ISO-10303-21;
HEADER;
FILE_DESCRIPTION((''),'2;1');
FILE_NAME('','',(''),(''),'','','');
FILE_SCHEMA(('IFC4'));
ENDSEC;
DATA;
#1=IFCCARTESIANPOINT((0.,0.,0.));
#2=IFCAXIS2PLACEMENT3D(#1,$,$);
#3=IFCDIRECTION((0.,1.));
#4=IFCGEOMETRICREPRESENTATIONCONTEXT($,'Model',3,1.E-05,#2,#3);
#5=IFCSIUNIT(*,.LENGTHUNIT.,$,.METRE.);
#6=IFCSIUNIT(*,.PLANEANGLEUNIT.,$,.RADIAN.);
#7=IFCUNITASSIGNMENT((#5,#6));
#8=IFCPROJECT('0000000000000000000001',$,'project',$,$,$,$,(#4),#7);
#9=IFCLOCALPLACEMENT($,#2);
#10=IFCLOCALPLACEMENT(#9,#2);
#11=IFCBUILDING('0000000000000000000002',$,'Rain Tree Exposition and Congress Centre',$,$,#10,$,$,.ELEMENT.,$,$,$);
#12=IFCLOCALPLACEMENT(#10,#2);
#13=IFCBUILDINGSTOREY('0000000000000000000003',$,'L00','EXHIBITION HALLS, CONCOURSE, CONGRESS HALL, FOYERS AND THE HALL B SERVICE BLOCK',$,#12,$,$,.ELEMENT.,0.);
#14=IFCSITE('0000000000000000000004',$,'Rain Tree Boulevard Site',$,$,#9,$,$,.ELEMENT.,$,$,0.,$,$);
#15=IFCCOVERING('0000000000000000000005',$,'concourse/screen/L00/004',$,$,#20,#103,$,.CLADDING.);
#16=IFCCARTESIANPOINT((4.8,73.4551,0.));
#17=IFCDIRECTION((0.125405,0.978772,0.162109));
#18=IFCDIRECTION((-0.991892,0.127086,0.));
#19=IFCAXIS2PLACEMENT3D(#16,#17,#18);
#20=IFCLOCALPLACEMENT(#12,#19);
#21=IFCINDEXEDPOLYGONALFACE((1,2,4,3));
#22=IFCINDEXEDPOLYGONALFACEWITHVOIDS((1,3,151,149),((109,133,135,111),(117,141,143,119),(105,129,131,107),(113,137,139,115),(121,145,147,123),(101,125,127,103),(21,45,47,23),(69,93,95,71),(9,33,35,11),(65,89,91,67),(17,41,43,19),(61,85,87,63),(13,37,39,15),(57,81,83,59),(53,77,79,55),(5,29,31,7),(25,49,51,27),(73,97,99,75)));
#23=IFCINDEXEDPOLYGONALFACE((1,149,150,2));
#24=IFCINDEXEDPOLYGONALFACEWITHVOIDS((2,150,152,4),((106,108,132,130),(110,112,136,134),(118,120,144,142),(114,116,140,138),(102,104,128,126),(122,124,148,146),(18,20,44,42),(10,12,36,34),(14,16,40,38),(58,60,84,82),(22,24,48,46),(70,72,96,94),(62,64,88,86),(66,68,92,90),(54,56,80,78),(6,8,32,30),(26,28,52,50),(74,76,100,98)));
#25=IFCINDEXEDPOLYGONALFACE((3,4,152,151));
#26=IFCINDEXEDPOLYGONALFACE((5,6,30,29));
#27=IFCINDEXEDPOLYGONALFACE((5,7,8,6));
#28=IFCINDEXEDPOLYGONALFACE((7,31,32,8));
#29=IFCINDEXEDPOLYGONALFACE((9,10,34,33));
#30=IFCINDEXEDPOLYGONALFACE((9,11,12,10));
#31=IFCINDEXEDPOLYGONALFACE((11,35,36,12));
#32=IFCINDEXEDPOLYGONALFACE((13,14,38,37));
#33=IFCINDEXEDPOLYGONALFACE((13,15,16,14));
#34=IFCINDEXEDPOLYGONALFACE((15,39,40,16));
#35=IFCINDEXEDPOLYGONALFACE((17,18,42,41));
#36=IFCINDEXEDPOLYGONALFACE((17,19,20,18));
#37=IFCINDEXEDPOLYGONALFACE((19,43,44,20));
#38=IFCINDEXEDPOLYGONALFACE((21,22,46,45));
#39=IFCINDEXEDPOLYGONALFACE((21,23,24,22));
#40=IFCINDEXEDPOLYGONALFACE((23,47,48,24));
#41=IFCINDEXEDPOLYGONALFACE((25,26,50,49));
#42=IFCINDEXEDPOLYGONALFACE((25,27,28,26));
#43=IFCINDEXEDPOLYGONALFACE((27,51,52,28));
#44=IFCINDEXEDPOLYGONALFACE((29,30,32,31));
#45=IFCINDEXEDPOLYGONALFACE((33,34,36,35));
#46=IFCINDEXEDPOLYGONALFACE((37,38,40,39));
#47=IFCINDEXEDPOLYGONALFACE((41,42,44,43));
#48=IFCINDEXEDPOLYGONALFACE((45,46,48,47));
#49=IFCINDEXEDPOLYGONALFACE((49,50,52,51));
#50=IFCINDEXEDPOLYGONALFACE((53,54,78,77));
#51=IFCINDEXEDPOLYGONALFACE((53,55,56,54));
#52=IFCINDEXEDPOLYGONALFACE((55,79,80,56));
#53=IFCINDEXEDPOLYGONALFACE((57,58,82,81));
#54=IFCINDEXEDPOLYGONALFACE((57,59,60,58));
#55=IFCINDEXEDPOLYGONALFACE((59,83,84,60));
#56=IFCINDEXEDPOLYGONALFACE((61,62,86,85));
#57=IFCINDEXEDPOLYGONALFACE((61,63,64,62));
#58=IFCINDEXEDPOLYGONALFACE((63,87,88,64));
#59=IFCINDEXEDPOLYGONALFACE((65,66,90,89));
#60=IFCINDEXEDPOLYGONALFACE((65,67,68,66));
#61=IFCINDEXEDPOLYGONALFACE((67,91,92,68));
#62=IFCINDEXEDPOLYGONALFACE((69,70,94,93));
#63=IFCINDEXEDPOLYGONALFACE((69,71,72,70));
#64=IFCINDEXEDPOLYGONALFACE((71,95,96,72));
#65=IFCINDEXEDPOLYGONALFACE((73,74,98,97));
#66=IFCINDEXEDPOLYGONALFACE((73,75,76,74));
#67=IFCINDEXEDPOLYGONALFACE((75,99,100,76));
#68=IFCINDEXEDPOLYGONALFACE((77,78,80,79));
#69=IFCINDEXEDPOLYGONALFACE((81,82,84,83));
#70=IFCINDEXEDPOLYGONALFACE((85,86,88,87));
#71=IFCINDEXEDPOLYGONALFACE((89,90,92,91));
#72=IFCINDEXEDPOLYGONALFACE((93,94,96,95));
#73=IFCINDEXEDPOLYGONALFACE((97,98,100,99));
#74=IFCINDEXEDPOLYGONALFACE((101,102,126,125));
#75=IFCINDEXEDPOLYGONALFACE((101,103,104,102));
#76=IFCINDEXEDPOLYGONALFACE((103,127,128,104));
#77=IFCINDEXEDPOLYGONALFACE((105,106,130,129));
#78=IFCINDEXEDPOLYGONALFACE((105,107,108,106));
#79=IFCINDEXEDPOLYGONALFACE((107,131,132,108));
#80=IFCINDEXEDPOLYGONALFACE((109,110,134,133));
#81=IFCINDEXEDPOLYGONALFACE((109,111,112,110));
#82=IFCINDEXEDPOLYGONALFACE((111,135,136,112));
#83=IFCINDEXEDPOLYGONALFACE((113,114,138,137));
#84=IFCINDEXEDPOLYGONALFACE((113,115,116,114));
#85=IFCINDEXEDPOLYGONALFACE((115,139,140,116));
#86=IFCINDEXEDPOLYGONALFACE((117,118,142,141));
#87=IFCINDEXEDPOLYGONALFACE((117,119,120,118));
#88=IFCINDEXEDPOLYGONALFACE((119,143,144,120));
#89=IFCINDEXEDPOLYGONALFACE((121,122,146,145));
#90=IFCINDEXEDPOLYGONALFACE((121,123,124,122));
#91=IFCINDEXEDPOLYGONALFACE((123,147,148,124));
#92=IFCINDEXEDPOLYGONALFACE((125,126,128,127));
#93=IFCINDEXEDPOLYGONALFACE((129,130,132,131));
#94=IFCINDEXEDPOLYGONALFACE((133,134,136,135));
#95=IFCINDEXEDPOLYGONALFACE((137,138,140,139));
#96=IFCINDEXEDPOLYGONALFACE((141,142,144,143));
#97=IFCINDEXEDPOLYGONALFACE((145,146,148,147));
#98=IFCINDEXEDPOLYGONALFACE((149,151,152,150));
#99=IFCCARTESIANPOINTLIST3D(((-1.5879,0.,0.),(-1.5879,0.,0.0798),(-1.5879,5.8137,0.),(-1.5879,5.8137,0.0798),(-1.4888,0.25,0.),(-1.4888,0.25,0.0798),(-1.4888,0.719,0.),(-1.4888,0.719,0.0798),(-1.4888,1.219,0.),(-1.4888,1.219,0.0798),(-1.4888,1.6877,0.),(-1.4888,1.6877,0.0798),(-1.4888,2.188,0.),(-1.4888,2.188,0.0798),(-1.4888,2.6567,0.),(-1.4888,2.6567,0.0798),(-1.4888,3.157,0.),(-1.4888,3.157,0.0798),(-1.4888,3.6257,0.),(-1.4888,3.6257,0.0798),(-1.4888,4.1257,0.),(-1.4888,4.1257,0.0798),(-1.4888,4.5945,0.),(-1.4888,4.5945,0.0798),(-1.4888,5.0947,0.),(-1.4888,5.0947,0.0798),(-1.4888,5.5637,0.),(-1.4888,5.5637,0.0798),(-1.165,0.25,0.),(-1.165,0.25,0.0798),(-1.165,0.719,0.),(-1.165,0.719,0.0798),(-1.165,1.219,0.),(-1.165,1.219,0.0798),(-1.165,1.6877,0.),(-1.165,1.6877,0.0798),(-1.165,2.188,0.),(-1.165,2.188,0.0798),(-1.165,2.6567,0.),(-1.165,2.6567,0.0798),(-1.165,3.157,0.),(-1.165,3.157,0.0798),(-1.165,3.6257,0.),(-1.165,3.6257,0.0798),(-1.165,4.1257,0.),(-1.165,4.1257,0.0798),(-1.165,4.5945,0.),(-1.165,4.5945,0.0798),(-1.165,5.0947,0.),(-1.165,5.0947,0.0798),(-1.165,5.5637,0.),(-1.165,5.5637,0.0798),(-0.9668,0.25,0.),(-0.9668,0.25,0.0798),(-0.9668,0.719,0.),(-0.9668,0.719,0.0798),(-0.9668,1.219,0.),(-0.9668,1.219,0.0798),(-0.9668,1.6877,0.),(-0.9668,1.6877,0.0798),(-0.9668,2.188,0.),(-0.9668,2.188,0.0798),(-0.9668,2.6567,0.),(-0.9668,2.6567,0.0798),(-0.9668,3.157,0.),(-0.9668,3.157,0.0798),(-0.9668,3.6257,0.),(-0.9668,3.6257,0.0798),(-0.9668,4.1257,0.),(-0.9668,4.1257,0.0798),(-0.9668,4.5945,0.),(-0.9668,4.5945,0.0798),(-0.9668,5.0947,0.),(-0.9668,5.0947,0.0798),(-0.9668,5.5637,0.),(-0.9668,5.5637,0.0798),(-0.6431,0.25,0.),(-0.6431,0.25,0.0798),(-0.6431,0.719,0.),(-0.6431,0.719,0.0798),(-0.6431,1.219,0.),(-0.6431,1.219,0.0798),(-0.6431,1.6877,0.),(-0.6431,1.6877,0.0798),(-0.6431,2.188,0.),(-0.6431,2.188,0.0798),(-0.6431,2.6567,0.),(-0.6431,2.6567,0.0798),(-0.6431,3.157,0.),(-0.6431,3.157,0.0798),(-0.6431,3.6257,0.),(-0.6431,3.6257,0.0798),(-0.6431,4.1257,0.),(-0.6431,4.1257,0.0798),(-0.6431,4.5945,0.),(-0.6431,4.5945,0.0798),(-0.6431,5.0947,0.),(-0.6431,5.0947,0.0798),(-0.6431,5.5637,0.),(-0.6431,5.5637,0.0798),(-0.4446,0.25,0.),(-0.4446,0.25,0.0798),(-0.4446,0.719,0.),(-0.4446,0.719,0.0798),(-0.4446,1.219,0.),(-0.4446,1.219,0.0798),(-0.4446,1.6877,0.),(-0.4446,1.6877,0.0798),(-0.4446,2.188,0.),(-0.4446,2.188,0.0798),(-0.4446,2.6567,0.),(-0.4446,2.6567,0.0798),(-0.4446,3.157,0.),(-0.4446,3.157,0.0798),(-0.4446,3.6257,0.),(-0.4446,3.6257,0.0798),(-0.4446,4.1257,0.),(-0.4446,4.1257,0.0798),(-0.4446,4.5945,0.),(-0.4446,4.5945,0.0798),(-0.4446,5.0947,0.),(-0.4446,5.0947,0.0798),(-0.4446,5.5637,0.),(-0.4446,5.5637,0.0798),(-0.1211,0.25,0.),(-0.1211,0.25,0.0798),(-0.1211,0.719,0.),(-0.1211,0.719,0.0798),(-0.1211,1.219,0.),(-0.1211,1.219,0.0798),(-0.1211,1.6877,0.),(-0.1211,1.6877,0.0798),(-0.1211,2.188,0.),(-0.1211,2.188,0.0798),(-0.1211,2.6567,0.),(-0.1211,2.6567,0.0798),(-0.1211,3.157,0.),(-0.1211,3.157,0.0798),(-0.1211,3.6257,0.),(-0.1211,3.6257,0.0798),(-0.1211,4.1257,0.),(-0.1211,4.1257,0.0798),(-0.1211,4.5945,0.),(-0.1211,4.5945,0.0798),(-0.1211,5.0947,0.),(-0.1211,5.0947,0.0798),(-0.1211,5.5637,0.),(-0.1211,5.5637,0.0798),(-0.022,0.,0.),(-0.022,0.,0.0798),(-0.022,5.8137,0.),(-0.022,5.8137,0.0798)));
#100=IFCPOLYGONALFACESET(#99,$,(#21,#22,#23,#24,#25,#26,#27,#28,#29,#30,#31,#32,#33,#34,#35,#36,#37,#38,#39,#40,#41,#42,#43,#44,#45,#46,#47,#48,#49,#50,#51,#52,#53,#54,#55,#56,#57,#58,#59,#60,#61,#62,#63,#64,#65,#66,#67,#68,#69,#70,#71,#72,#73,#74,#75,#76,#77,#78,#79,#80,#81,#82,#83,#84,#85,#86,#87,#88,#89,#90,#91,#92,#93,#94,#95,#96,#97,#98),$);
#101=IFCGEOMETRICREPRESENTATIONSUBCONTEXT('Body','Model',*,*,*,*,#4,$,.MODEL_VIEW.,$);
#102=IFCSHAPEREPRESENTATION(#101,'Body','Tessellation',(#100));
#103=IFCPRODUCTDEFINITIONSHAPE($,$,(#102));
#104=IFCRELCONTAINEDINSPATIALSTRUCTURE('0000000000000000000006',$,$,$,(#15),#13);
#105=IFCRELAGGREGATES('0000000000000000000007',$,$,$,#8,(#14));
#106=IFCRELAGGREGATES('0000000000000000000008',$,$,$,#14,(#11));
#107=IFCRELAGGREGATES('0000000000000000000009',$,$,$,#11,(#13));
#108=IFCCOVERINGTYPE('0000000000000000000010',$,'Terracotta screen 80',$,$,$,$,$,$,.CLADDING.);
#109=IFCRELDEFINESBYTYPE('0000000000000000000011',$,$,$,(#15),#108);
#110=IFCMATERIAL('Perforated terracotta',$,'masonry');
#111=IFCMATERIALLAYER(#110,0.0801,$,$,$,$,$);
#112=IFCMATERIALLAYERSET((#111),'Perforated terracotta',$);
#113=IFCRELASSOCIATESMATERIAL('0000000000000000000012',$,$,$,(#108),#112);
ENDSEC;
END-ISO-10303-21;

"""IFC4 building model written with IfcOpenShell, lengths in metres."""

from ifc_helpers import new_model, si_unit, direction, frame, origin, place, context, subcontext, project, spatial, polyline, outline, extrude, material, layer, layer_set, type_object, element, save


model = new_model("IFC4")

# Units and contexts
model_context = context("Model", 3, precision=1e-05, world=origin(), true_north=direction((0.0, 1.0)))
body_context = subcontext(model_context, "Body", "Model", "MODEL_VIEW")
ifc_project = project(units=[si_unit("LENGTHUNIT", "METRE"), si_unit("PLANEANGLEUNIT", "RADIAN")], contexts=[model_context])

# Site, building, storey
site_placement = place(None, origin())
site = spatial("IfcSite", under=ifc_project, at=site_placement, Name="Rain Tree Boulevard Site", CompositionType="ELEMENT", RefElevation=0.0)
building_placement = place(site_placement, origin())
building = spatial("IfcBuilding", under=site, at=building_placement, Name="Rain Tree Exposition and Congress Centre", CompositionType="ELEMENT")
storey_placement = place(building_placement, origin())
storey = spatial("IfcBuildingStorey", under=building, at=storey_placement, Name="L00", Description="EXHIBITION HALLS, CONCOURSE, CONGRESS HALL, FOYERS AND THE HALL B SERVICE BLOCK", CompositionType="ELEMENT", Elevation=0.0)

# Covering
ifc_material_1 = material(Name="Perforated terracotta", Category="masonry")
ifc_layer_1 = layer(ifc_material_1, 0.0801)
ifc_layer_set_1 = layer_set([ifc_layer_1], Name="Perforated terracotta")
covering_type = type_object("IfcCoveringType", Name="Terracotta screen 80", PredefinedType="CLADDING", material=ifc_layer_set_1)
covering_1_placement = place(storey_placement, frame((4.8, 73.4551, 0.0), z_axis=(0.125405, 0.978772, 0.162109), x_axis=(-0.991892, 0.127086, 0.0)))
element("IfcCovering", 1, at=covering_1_placement, inside=storey, type_object=covering_type, Name="concourse/screen/L00/004", PredefinedType="CLADDING", context=body_context, shape_type="SweptSolid", body=[
    extrude(outline(polyline([(-0.022, 0.0), (-1.5879, 0.0), (-1.5879, 5.8137), (-0.022, 5.8137), (-0.022, 0.0)]), holes=[polyline([(-0.1211, 0.25), (-0.1211, 0.719), (-0.4446, 0.719), (-0.4446, 0.25), (-0.1211, 0.25)]), polyline([(-0.1211, 1.219), (-0.1211, 1.6877), (-0.4446, 1.6877), (-0.4446, 1.219), (-0.1211, 1.219)]), polyline([(-0.1211, 2.188), (-0.1211, 2.6567), (-0.4446, 2.6567), (-0.4446, 2.188), (-0.1211, 2.188)]), polyline([(-0.1211, 3.157), (-0.1211, 3.6257), (-0.4446, 3.6257), (-0.4446, 3.157), (-0.1211, 3.157)]), polyline([(-0.1211, 4.1257), (-0.1211, 4.5945), (-0.4446, 4.5945), (-0.4446, 4.1257), (-0.1211, 4.1257)]), polyline([(-0.1211, 5.0947), (-0.1211, 5.5637), (-0.4446, 5.5637), (-0.4446, 5.0947), (-0.1211, 5.0947)]), polyline([(-0.6431, 0.25), (-0.6431, 0.719), (-0.9668, 0.719), (-0.9668, 0.25), (-0.6431, 0.25)]), polyline([(-0.6431, 1.219), (-0.6431, 1.6877), (-0.9668, 1.6877), (-0.9668, 1.219), (-0.6431, 1.219)]), polyline([(-0.6431, 2.188), (-0.6431, 2.6567), (-0.9668, 2.6567), (-0.9668, 2.188), (-0.6431, 2.188)]), polyline([(-0.6431, 3.157), (-0.6431, 3.6257), (-0.9668, 3.6257), (-0.9668, 3.157), (-0.6431, 3.157)]), polyline([(-0.6431, 4.1257), (-0.6431, 4.5945), (-0.9668, 4.5945), (-0.9668, 4.1257), (-0.6431, 4.1257)]), polyline([(-0.6431, 5.0947), (-0.6431, 5.5637), (-0.9668, 5.5637), (-0.9668, 5.0947), (-0.6431, 5.0947)]), polyline([(-1.165, 0.25), (-1.165, 0.719), (-1.4888, 0.719), (-1.4888, 0.25), (-1.165, 0.25)]), polyline([(-1.165, 1.219), (-1.165, 1.6877), (-1.4888, 1.6877), (-1.4888, 1.219), (-1.165, 1.219)]), polyline([(-1.165, 2.188), (-1.165, 2.6567), (-1.4888, 2.6567), (-1.4888, 2.188), (-1.165, 2.188)]), polyline([(-1.165, 3.157), (-1.165, 3.6257), (-1.4888, 3.6257), (-1.4888, 3.157), (-1.165, 3.157)]), polyline([(-1.165, 4.1257), (-1.165, 4.5945), (-1.4888, 4.5945), (-1.4888, 4.1257), (-1.165, 4.1257)]), polyline([(-1.165, 5.0947), (-1.165, 5.5637), (-1.4888, 5.5637), (-1.4888, 5.0947), (-1.165, 5.0947)])]), origin(), (0.0, 0.0, 1.0), 0.0798),
])

save(model, "model.ifc")
